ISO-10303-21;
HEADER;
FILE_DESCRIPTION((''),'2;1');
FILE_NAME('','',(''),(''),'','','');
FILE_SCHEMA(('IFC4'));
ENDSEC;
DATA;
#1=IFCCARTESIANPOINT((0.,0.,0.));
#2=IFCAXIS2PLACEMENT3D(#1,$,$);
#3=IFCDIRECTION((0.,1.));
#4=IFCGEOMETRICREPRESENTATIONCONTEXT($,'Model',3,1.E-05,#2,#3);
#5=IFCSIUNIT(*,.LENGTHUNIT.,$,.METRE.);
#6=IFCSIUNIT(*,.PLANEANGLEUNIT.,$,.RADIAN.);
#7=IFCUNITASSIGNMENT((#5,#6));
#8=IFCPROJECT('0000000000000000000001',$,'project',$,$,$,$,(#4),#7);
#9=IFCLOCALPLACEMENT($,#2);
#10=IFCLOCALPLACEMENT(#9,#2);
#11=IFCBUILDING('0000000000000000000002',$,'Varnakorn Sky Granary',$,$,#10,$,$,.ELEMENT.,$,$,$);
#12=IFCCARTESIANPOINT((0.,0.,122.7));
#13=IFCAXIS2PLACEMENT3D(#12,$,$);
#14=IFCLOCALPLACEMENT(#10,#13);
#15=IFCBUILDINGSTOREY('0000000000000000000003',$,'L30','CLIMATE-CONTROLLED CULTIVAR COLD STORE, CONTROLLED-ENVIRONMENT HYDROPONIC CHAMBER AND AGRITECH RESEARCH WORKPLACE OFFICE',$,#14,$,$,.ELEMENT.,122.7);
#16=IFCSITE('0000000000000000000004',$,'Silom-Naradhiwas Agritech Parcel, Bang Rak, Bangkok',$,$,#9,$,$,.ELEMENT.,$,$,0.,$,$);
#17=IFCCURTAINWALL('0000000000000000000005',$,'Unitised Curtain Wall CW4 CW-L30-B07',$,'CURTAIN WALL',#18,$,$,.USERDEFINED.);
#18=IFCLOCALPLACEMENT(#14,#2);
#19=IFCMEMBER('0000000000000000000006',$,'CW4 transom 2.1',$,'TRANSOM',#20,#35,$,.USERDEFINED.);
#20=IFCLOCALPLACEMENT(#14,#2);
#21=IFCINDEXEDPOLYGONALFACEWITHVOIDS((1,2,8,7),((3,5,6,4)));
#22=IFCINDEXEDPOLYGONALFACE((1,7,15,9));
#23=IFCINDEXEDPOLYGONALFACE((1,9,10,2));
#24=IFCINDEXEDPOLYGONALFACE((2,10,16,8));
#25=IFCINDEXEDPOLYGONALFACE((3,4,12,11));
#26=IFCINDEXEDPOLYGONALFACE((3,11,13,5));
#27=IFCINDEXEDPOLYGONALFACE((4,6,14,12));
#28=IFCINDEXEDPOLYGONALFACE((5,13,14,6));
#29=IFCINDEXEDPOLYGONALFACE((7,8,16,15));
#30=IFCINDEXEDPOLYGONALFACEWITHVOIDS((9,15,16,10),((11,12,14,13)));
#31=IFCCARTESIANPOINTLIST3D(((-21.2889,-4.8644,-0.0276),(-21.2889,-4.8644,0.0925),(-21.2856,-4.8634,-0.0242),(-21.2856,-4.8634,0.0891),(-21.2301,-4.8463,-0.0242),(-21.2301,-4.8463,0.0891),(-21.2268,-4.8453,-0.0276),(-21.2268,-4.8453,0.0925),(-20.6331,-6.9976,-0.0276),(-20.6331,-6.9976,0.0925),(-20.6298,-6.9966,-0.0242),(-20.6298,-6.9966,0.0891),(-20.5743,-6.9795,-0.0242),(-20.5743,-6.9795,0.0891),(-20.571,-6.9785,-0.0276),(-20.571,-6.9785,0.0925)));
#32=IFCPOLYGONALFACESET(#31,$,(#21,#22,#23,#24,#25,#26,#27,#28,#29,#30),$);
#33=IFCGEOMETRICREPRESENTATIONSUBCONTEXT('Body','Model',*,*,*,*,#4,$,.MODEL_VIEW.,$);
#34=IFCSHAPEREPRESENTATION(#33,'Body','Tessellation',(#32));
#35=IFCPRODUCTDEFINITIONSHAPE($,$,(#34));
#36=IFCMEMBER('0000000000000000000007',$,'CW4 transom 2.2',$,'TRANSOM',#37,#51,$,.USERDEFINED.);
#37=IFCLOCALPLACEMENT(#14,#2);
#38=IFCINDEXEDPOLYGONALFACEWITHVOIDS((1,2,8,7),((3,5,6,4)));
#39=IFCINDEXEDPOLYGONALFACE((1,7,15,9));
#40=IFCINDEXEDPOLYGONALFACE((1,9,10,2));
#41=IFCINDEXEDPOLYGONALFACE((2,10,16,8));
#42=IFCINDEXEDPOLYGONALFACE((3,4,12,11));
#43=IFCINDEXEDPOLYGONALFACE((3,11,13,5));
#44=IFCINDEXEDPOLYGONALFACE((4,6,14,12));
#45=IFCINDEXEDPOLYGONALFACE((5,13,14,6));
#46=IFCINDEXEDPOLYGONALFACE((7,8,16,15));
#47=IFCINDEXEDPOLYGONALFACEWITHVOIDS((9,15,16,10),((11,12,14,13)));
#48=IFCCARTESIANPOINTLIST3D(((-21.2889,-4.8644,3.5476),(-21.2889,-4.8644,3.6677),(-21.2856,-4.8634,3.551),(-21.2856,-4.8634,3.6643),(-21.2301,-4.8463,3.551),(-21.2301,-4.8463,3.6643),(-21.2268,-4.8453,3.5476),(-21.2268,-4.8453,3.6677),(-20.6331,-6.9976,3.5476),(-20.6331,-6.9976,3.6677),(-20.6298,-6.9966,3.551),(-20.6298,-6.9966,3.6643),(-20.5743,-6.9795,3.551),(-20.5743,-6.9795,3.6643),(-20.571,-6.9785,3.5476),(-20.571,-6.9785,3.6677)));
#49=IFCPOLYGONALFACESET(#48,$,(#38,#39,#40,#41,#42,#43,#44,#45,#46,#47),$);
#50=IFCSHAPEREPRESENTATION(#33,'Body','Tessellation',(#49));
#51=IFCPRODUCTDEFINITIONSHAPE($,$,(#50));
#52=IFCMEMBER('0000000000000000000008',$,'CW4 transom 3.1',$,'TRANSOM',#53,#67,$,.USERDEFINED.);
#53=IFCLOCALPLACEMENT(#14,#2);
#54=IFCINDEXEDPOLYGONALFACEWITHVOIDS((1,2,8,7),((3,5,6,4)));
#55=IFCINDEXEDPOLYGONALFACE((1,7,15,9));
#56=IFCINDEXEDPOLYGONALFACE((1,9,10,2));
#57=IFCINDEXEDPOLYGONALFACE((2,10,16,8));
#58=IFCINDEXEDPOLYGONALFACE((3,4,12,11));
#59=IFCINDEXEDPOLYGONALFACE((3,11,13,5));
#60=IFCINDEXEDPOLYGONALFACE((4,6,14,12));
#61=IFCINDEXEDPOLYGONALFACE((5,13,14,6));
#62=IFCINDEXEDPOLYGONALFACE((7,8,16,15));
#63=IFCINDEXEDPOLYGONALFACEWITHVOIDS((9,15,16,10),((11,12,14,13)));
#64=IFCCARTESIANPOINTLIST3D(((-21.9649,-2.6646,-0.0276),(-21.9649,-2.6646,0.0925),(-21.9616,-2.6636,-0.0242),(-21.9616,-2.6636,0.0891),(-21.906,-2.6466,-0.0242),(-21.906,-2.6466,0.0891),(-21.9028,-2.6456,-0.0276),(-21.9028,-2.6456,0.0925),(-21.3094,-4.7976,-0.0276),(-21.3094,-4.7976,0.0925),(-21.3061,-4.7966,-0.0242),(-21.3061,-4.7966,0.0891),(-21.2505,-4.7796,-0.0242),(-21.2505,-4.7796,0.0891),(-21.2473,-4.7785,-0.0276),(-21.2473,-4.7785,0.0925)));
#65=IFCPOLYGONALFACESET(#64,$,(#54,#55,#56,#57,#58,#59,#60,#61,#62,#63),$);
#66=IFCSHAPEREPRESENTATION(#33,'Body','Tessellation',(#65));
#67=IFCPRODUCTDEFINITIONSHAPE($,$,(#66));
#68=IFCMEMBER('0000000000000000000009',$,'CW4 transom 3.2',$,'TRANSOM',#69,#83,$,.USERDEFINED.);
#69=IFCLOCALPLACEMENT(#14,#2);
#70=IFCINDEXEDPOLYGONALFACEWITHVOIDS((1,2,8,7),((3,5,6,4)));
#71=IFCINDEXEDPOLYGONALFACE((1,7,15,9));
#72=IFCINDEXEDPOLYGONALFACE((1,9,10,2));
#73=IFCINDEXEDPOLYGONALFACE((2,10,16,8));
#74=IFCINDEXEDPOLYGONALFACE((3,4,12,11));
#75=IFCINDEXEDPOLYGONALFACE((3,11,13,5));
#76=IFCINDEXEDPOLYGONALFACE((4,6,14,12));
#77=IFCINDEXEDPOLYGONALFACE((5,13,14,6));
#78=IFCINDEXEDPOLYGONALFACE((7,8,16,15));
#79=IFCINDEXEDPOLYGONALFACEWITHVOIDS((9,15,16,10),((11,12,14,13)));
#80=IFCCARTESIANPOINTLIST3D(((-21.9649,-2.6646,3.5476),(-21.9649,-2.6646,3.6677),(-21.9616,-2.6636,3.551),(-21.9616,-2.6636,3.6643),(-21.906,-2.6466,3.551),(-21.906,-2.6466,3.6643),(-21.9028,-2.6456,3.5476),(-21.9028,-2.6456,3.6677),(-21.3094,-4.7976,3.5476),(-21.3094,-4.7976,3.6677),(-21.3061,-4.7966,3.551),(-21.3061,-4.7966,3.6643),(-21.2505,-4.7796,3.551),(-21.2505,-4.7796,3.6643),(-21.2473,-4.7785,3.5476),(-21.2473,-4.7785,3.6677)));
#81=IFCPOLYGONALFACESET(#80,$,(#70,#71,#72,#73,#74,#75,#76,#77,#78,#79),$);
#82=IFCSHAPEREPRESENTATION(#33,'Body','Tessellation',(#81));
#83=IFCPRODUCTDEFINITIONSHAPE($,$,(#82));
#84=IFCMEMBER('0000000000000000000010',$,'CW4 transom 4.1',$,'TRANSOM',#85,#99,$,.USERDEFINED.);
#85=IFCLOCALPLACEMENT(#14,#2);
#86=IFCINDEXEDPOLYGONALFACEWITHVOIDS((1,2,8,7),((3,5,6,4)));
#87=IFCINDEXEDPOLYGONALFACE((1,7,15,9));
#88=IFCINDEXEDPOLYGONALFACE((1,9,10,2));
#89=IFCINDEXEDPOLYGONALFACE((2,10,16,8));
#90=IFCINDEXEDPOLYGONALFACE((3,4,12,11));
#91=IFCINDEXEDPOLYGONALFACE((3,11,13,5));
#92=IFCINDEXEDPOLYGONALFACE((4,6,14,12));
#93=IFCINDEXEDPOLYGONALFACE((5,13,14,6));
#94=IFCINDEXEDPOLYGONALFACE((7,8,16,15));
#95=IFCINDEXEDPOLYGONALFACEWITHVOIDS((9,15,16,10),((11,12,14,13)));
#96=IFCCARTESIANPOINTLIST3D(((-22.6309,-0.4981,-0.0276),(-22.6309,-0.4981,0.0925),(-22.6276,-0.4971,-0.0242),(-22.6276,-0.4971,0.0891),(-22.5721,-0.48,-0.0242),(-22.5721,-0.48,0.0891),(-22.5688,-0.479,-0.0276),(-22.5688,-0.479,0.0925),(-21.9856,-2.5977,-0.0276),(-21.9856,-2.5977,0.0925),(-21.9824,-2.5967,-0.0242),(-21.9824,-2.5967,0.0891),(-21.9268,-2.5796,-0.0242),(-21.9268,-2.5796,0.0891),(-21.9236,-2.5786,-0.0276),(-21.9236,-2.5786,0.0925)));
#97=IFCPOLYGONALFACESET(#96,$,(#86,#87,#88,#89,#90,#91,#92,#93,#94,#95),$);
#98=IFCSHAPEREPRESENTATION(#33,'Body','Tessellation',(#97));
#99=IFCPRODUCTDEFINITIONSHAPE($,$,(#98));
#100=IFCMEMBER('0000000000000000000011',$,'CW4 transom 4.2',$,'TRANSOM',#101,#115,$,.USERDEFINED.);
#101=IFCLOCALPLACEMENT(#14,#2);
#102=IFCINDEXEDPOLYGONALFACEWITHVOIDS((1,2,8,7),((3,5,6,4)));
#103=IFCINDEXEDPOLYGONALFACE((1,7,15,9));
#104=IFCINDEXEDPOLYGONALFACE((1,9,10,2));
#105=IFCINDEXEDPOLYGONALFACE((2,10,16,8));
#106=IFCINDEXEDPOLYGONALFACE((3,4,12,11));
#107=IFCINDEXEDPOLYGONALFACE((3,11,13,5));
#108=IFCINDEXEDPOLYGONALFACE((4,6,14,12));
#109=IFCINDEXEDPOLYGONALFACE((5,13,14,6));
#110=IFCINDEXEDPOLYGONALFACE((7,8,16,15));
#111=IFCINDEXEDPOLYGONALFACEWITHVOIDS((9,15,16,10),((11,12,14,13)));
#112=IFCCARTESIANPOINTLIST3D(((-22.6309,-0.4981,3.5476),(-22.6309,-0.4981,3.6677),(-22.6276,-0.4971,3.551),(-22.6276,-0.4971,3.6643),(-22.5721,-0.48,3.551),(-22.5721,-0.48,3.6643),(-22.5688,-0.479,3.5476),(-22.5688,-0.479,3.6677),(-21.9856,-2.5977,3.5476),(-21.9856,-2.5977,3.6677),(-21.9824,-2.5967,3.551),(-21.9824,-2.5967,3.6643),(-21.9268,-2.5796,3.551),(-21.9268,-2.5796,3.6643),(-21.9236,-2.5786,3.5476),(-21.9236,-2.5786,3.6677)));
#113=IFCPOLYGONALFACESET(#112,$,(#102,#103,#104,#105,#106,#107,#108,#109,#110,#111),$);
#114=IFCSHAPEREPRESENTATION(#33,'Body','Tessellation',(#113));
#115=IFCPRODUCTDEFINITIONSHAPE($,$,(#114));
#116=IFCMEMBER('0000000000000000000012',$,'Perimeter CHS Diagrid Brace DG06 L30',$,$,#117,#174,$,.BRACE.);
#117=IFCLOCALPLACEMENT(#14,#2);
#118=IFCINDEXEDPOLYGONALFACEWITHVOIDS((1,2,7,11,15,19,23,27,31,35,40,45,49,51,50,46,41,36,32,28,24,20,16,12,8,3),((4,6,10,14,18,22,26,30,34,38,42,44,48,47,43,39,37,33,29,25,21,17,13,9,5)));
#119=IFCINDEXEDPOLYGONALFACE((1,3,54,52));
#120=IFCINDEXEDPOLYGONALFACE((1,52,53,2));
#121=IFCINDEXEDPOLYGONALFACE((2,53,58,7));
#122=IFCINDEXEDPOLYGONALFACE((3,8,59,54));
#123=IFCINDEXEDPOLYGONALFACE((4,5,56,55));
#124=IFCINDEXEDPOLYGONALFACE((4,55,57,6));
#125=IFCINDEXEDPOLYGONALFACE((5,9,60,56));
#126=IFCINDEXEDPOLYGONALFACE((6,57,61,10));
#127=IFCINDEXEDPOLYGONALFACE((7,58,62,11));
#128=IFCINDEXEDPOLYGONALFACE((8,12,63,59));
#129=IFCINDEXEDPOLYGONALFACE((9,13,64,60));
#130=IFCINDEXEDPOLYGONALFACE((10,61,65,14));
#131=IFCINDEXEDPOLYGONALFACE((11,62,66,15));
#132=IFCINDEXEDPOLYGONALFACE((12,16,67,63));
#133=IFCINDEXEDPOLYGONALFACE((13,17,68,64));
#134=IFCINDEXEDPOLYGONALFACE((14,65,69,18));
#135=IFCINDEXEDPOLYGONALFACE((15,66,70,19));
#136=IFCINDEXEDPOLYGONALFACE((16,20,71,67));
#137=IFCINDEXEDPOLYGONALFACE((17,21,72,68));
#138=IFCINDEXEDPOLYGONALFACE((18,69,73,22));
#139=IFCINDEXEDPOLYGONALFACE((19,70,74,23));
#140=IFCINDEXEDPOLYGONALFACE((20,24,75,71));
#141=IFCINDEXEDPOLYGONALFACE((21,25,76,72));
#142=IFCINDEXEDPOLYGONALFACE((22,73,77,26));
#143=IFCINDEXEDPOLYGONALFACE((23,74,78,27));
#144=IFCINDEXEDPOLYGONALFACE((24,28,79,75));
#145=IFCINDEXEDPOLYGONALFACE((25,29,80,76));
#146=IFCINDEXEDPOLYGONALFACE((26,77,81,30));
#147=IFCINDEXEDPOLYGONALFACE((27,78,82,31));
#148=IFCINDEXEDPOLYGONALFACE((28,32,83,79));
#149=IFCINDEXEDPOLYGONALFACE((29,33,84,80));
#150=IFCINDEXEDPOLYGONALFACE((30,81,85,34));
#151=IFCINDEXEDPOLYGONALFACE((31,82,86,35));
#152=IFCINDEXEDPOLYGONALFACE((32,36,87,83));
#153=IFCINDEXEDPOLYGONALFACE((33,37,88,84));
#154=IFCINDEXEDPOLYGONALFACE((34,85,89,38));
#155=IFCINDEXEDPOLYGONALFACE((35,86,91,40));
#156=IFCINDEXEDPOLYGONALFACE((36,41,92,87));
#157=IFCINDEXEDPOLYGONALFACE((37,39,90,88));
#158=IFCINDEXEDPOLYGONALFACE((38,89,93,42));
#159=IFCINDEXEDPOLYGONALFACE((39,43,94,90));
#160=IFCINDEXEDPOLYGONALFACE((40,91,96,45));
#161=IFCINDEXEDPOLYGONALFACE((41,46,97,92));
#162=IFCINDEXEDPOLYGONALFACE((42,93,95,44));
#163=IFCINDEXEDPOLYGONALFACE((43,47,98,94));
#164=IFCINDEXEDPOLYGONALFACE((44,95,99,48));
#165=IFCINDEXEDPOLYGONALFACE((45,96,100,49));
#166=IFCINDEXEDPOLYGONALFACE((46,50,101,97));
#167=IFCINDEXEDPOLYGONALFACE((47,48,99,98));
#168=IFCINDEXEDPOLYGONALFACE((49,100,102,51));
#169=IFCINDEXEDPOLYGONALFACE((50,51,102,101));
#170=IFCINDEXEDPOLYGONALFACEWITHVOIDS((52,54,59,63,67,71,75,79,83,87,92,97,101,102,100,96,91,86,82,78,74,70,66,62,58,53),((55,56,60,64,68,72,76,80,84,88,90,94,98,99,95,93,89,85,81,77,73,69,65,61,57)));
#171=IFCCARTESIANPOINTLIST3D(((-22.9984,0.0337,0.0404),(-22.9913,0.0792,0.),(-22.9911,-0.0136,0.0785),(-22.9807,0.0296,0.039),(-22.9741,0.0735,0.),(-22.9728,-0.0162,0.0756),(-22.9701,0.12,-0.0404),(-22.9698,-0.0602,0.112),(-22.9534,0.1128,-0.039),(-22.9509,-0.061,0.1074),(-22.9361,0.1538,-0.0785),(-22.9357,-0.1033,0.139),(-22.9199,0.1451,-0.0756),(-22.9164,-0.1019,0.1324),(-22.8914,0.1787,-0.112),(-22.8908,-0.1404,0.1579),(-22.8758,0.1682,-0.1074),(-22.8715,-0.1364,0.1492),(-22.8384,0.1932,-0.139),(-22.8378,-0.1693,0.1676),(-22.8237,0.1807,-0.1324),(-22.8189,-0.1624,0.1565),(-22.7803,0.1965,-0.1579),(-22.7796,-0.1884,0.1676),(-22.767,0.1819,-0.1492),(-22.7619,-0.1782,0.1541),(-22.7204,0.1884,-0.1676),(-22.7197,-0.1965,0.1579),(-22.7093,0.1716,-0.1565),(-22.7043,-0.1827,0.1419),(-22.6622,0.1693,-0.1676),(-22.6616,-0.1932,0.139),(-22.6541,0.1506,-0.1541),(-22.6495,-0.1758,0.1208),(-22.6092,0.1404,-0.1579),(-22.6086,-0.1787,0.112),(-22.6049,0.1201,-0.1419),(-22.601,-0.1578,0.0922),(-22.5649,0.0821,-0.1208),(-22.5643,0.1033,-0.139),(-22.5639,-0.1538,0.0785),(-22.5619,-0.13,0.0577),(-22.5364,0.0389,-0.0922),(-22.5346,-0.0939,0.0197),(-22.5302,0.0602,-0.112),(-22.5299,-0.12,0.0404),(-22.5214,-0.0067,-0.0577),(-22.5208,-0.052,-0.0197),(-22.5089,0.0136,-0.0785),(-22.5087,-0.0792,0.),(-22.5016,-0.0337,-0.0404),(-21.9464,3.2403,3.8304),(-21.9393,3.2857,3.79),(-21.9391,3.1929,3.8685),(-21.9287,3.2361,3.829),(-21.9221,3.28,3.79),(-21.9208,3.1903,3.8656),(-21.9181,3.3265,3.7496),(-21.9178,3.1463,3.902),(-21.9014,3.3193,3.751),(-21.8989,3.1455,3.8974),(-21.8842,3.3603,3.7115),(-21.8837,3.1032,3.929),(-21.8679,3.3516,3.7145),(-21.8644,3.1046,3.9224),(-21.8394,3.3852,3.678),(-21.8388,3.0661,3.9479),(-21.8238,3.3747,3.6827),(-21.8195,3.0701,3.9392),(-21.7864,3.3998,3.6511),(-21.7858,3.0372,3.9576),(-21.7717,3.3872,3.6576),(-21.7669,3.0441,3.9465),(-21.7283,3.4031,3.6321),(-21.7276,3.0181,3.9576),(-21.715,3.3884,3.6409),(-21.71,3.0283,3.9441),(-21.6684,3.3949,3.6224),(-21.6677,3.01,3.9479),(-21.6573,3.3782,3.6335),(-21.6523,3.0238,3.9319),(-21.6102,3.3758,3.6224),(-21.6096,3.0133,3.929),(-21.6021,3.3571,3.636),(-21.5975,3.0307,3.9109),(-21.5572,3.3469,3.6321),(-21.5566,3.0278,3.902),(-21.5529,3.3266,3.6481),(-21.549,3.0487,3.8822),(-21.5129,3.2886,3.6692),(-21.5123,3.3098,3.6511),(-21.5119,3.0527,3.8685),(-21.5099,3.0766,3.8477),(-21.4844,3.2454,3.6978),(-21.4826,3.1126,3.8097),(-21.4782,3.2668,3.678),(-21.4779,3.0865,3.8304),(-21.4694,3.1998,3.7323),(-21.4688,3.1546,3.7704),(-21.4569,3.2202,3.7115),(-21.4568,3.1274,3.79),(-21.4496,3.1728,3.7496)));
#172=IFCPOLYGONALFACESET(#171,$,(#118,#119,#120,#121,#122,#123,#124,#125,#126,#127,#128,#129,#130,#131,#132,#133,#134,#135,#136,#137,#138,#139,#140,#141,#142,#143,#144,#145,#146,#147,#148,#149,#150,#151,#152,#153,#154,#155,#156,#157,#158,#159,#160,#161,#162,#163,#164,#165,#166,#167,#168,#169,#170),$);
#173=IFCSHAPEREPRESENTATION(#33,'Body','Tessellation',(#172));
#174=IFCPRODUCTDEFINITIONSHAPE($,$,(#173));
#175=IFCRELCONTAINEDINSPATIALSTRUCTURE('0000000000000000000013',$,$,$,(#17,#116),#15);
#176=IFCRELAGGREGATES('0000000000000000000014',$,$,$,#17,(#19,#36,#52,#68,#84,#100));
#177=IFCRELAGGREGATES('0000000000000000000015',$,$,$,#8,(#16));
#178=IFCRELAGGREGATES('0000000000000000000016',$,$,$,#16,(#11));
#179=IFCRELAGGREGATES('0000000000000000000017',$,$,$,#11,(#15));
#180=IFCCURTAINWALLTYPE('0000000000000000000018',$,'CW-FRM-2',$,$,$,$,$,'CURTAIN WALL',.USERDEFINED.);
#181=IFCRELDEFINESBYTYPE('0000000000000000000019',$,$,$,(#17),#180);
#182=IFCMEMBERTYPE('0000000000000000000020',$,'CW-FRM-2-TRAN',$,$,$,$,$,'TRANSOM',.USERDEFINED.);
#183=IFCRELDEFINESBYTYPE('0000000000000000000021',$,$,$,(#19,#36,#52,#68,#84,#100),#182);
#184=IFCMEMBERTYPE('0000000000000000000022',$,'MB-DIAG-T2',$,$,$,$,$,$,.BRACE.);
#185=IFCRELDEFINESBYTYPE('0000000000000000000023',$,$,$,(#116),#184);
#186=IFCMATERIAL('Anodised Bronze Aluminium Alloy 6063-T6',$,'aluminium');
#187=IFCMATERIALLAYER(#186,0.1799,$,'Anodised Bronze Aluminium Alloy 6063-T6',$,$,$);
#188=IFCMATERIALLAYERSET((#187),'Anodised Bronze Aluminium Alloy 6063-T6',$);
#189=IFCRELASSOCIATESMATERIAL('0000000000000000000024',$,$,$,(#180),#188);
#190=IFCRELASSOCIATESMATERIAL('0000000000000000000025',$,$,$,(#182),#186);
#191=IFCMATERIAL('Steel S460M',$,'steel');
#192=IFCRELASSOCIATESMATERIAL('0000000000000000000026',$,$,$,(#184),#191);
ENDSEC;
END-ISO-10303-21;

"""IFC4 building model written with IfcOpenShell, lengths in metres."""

from ifc_helpers import new_model, si_unit, direction, frame, origin, origin_2d, place, context, subcontext, project, spatial, hollow_rectangle, hollow_circle, extrude, material, layer, layer_set, material_profile, profile_set, type_object, element, aggregate, save


model = new_model("IFC4")

# Units and contexts
model_context = context("Model", 3, precision=1e-05, world=origin(), true_north=direction((0.0, 1.0)))
body_context = subcontext(model_context, "Body", "Model", "MODEL_VIEW")
ifc_project = project(units=[si_unit("LENGTHUNIT", "METRE"), si_unit("PLANEANGLEUNIT", "RADIAN")], contexts=[model_context])

# Site, building, storey
site_placement = place(None, origin())
site = spatial("IfcSite", under=ifc_project, at=site_placement, Name="Silom-Naradhiwas Agritech Parcel, Bang Rak, Bangkok", CompositionType="ELEMENT", RefElevation=0.0)
building_placement = place(site_placement, origin())
building = spatial("IfcBuilding", under=site, at=building_placement, Name="Varnakorn Sky Granary", CompositionType="ELEMENT")
storey_placement = place(building_placement, frame((0.0, 0.0, 122.7)))
storey = spatial("IfcBuildingStorey", under=building, at=storey_placement, Name="L30", Description="CLIMATE-CONTROLLED CULTIVAR COLD STORE, CONTROLLED-ENVIRONMENT HYDROPONIC CHAMBER AND AGRITECH RESEARCH WORKPLACE OFFICE", CompositionType="ELEMENT", Elevation=122.7)

# Shared definitions
ifc_material_1 = material(Name="Steel S460M", Category="steel")

# Curtain wall, members
ifc_material_2 = material(Name="Anodised Bronze Aluminium Alloy 6063-T6", Category="aluminium")
ifc_layer_1 = layer(ifc_material_2, 0.1799, Name="Anodised Bronze Aluminium Alloy 6063-T6")
ifc_layer_set_1 = layer_set([ifc_layer_1], Name="Anodised Bronze Aluminium Alloy 6063-T6")
curtain_wall_type = type_object("IfcCurtainWallType", Name="CW-FRM-2", ElementType="CURTAIN WALL", PredefinedType="USERDEFINED", material=ifc_layer_set_1)
curtain_wall_placement = place(storey_placement, origin())
curtain_wall = element("IfcCurtainWall", 1, at=curtain_wall_placement, inside=storey, type_object=curtain_wall_type, Name="Unitised Curtain Wall CW4 CW-L30-B07", ObjectType="CURTAIN WALL", PredefinedType="USERDEFINED")
ifc_material_profile_1 = material_profile(ifc_material_2, hollow_rectangle(XDim=0.0649, YDim=0.1201, WallThickness=0.0034, at=origin_2d()), Name="ALU TRAN 65x120")
ifc_profile_set_1 = profile_set([ifc_material_profile_1], Name="Anodised Bronze Aluminium Alloy 6063-T6")
member_type_1 = type_object("IfcMemberType", Name="CW-FRM-2-TRAN", ElementType="TRANSOM", PredefinedType="USERDEFINED", material=ifc_profile_set_1)
member_1_placement = place(storey_placement, frame((-20.6021, -6.988, 0.0325), z_axis=(-0.293855, 0.95585, 0.0), x_axis=(-0.95585, -0.293855, 0.0)))
member_1 = element("IfcMember", 2, at=member_1_placement, type_object=member_type_1, Name="CW4 transom 2.1", ObjectType="TRANSOM", PredefinedType="USERDEFINED", context=body_context, shape_type="SweptSolid", body=[
    extrude(hollow_rectangle(XDim=0.0649, YDim=0.1201, WallThickness=0.0034, at=origin_2d()), origin(), (0.0, 0.0, 1.0), 2.2317),
])
member_2_placement = place(storey_placement, frame((-20.6021, -6.988, 3.6077), z_axis=(-0.293855, 0.95585, 0.0), x_axis=(-0.95585, -0.293855, 0.0)))
member_2 = element("IfcMember", 3, at=member_2_placement, type_object=member_type_1, Name="CW4 transom 2.2", ObjectType="TRANSOM", PredefinedType="USERDEFINED", context=body_context, shape_type="SweptSolid", body=[
    extrude(hollow_rectangle(XDim=0.0649, YDim=0.1201, WallThickness=0.0034, at=origin_2d()), origin(), (0.0, 0.0, 1.0), 2.2317),
])
member_3_placement = place(storey_placement, frame((-21.2783, -4.7881, 0.0325), z_axis=(-0.293755, 0.955881, 0.0), x_axis=(-0.955881, -0.293755, 0.0)))
member_3 = element("IfcMember", 4, at=member_3_placement, type_object=member_type_1, Name="CW4 transom 3.1", ObjectType="TRANSOM", PredefinedType="USERDEFINED", context=body_context, shape_type="SweptSolid", body=[
    extrude(hollow_rectangle(XDim=0.0649, YDim=0.1201, WallThickness=0.0034, at=origin_2d()), origin(), (0.0, 0.0, 1.0), 2.2314),
])
member_4_placement = place(storey_placement, frame((-21.2783, -4.7881, 3.6077), z_axis=(-0.293755, 0.955881, 0.0), x_axis=(-0.955881, -0.293755, 0.0)))
member_4 = element("IfcMember", 5, at=member_4_placement, type_object=member_type_1, Name="CW4 transom 3.2", ObjectType="TRANSOM", PredefinedType="USERDEFINED", context=body_context, shape_type="SweptSolid", body=[
    extrude(hollow_rectangle(XDim=0.0649, YDim=0.1201, WallThickness=0.0034, at=origin_2d()), origin(), (0.0, 0.0, 1.0), 2.2314),
])
member_5_placement = place(storey_placement, frame((-21.9546, -2.5881, 0.0325), z_axis=(-0.293766, 0.955877, 0.0), x_axis=(-0.955877, -0.293766, 0.0)))
member_5 = element("IfcMember", 6, at=member_5_placement, type_object=member_type_1, Name="CW4 transom 4.1", ObjectType="TRANSOM", PredefinedType="USERDEFINED", context=body_context, shape_type="SweptSolid", body=[
    extrude(hollow_rectangle(XDim=0.0649, YDim=0.1201, WallThickness=0.0034, at=origin_2d()), origin(), (0.0, 0.0, 1.0), 2.1965),
])
member_6_placement = place(storey_placement, frame((-21.9546, -2.5881, 3.6077), z_axis=(-0.293766, 0.955877, 0.0), x_axis=(-0.955877, -0.293766, 0.0)))
member_6 = element("IfcMember", 7, at=member_6_placement, type_object=member_type_1, Name="CW4 transom 4.2", ObjectType="TRANSOM", PredefinedType="USERDEFINED", context=body_context, shape_type="SweptSolid", body=[
    extrude(hollow_rectangle(XDim=0.0649, YDim=0.1201, WallThickness=0.0034, at=origin_2d()), origin(), (0.0, 0.0, 1.0), 2.1965),
])

# Member
ifc_material_profile_2 = material_profile(ifc_material_1, hollow_circle(Radius=0.2539, WallThickness=0.0181, at=origin_2d()), Name="CHS 508x18")
ifc_profile_set_2 = profile_set([ifc_material_profile_2], Name="Steel S460M")
member_type_2 = type_object("IfcMemberType", Name="MB-DIAG-T2", PredefinedType="BRACE", material=ifc_profile_set_2)
for number, where, z_axis, x_axis, name in (
    (8, (-22.75, 0.0, 0.0), (0.207302, 0.631863, 0.746843), (-0.95017, 0.311732, 0.0), "Perimeter CHS Diagrid Brace DG06 L30"),
):
    element("IfcMember", number, at=place(storey_placement, frame(where, z_axis=z_axis, x_axis=x_axis)), inside=storey, type_object=member_type_2, Name=name, PredefinedType="BRACE", context=body_context, shape_type="SweptSolid", body=[
        extrude(hollow_circle(Radius=0.2539, WallThickness=0.0181, at=origin_2d()), origin(), (0.0, 0.0, 1.0), 5.0747),
    ])

aggregate(curtain_wall, [member_1, member_2, member_3, member_4, member_5, member_6])

save(model, "model.ifc")
